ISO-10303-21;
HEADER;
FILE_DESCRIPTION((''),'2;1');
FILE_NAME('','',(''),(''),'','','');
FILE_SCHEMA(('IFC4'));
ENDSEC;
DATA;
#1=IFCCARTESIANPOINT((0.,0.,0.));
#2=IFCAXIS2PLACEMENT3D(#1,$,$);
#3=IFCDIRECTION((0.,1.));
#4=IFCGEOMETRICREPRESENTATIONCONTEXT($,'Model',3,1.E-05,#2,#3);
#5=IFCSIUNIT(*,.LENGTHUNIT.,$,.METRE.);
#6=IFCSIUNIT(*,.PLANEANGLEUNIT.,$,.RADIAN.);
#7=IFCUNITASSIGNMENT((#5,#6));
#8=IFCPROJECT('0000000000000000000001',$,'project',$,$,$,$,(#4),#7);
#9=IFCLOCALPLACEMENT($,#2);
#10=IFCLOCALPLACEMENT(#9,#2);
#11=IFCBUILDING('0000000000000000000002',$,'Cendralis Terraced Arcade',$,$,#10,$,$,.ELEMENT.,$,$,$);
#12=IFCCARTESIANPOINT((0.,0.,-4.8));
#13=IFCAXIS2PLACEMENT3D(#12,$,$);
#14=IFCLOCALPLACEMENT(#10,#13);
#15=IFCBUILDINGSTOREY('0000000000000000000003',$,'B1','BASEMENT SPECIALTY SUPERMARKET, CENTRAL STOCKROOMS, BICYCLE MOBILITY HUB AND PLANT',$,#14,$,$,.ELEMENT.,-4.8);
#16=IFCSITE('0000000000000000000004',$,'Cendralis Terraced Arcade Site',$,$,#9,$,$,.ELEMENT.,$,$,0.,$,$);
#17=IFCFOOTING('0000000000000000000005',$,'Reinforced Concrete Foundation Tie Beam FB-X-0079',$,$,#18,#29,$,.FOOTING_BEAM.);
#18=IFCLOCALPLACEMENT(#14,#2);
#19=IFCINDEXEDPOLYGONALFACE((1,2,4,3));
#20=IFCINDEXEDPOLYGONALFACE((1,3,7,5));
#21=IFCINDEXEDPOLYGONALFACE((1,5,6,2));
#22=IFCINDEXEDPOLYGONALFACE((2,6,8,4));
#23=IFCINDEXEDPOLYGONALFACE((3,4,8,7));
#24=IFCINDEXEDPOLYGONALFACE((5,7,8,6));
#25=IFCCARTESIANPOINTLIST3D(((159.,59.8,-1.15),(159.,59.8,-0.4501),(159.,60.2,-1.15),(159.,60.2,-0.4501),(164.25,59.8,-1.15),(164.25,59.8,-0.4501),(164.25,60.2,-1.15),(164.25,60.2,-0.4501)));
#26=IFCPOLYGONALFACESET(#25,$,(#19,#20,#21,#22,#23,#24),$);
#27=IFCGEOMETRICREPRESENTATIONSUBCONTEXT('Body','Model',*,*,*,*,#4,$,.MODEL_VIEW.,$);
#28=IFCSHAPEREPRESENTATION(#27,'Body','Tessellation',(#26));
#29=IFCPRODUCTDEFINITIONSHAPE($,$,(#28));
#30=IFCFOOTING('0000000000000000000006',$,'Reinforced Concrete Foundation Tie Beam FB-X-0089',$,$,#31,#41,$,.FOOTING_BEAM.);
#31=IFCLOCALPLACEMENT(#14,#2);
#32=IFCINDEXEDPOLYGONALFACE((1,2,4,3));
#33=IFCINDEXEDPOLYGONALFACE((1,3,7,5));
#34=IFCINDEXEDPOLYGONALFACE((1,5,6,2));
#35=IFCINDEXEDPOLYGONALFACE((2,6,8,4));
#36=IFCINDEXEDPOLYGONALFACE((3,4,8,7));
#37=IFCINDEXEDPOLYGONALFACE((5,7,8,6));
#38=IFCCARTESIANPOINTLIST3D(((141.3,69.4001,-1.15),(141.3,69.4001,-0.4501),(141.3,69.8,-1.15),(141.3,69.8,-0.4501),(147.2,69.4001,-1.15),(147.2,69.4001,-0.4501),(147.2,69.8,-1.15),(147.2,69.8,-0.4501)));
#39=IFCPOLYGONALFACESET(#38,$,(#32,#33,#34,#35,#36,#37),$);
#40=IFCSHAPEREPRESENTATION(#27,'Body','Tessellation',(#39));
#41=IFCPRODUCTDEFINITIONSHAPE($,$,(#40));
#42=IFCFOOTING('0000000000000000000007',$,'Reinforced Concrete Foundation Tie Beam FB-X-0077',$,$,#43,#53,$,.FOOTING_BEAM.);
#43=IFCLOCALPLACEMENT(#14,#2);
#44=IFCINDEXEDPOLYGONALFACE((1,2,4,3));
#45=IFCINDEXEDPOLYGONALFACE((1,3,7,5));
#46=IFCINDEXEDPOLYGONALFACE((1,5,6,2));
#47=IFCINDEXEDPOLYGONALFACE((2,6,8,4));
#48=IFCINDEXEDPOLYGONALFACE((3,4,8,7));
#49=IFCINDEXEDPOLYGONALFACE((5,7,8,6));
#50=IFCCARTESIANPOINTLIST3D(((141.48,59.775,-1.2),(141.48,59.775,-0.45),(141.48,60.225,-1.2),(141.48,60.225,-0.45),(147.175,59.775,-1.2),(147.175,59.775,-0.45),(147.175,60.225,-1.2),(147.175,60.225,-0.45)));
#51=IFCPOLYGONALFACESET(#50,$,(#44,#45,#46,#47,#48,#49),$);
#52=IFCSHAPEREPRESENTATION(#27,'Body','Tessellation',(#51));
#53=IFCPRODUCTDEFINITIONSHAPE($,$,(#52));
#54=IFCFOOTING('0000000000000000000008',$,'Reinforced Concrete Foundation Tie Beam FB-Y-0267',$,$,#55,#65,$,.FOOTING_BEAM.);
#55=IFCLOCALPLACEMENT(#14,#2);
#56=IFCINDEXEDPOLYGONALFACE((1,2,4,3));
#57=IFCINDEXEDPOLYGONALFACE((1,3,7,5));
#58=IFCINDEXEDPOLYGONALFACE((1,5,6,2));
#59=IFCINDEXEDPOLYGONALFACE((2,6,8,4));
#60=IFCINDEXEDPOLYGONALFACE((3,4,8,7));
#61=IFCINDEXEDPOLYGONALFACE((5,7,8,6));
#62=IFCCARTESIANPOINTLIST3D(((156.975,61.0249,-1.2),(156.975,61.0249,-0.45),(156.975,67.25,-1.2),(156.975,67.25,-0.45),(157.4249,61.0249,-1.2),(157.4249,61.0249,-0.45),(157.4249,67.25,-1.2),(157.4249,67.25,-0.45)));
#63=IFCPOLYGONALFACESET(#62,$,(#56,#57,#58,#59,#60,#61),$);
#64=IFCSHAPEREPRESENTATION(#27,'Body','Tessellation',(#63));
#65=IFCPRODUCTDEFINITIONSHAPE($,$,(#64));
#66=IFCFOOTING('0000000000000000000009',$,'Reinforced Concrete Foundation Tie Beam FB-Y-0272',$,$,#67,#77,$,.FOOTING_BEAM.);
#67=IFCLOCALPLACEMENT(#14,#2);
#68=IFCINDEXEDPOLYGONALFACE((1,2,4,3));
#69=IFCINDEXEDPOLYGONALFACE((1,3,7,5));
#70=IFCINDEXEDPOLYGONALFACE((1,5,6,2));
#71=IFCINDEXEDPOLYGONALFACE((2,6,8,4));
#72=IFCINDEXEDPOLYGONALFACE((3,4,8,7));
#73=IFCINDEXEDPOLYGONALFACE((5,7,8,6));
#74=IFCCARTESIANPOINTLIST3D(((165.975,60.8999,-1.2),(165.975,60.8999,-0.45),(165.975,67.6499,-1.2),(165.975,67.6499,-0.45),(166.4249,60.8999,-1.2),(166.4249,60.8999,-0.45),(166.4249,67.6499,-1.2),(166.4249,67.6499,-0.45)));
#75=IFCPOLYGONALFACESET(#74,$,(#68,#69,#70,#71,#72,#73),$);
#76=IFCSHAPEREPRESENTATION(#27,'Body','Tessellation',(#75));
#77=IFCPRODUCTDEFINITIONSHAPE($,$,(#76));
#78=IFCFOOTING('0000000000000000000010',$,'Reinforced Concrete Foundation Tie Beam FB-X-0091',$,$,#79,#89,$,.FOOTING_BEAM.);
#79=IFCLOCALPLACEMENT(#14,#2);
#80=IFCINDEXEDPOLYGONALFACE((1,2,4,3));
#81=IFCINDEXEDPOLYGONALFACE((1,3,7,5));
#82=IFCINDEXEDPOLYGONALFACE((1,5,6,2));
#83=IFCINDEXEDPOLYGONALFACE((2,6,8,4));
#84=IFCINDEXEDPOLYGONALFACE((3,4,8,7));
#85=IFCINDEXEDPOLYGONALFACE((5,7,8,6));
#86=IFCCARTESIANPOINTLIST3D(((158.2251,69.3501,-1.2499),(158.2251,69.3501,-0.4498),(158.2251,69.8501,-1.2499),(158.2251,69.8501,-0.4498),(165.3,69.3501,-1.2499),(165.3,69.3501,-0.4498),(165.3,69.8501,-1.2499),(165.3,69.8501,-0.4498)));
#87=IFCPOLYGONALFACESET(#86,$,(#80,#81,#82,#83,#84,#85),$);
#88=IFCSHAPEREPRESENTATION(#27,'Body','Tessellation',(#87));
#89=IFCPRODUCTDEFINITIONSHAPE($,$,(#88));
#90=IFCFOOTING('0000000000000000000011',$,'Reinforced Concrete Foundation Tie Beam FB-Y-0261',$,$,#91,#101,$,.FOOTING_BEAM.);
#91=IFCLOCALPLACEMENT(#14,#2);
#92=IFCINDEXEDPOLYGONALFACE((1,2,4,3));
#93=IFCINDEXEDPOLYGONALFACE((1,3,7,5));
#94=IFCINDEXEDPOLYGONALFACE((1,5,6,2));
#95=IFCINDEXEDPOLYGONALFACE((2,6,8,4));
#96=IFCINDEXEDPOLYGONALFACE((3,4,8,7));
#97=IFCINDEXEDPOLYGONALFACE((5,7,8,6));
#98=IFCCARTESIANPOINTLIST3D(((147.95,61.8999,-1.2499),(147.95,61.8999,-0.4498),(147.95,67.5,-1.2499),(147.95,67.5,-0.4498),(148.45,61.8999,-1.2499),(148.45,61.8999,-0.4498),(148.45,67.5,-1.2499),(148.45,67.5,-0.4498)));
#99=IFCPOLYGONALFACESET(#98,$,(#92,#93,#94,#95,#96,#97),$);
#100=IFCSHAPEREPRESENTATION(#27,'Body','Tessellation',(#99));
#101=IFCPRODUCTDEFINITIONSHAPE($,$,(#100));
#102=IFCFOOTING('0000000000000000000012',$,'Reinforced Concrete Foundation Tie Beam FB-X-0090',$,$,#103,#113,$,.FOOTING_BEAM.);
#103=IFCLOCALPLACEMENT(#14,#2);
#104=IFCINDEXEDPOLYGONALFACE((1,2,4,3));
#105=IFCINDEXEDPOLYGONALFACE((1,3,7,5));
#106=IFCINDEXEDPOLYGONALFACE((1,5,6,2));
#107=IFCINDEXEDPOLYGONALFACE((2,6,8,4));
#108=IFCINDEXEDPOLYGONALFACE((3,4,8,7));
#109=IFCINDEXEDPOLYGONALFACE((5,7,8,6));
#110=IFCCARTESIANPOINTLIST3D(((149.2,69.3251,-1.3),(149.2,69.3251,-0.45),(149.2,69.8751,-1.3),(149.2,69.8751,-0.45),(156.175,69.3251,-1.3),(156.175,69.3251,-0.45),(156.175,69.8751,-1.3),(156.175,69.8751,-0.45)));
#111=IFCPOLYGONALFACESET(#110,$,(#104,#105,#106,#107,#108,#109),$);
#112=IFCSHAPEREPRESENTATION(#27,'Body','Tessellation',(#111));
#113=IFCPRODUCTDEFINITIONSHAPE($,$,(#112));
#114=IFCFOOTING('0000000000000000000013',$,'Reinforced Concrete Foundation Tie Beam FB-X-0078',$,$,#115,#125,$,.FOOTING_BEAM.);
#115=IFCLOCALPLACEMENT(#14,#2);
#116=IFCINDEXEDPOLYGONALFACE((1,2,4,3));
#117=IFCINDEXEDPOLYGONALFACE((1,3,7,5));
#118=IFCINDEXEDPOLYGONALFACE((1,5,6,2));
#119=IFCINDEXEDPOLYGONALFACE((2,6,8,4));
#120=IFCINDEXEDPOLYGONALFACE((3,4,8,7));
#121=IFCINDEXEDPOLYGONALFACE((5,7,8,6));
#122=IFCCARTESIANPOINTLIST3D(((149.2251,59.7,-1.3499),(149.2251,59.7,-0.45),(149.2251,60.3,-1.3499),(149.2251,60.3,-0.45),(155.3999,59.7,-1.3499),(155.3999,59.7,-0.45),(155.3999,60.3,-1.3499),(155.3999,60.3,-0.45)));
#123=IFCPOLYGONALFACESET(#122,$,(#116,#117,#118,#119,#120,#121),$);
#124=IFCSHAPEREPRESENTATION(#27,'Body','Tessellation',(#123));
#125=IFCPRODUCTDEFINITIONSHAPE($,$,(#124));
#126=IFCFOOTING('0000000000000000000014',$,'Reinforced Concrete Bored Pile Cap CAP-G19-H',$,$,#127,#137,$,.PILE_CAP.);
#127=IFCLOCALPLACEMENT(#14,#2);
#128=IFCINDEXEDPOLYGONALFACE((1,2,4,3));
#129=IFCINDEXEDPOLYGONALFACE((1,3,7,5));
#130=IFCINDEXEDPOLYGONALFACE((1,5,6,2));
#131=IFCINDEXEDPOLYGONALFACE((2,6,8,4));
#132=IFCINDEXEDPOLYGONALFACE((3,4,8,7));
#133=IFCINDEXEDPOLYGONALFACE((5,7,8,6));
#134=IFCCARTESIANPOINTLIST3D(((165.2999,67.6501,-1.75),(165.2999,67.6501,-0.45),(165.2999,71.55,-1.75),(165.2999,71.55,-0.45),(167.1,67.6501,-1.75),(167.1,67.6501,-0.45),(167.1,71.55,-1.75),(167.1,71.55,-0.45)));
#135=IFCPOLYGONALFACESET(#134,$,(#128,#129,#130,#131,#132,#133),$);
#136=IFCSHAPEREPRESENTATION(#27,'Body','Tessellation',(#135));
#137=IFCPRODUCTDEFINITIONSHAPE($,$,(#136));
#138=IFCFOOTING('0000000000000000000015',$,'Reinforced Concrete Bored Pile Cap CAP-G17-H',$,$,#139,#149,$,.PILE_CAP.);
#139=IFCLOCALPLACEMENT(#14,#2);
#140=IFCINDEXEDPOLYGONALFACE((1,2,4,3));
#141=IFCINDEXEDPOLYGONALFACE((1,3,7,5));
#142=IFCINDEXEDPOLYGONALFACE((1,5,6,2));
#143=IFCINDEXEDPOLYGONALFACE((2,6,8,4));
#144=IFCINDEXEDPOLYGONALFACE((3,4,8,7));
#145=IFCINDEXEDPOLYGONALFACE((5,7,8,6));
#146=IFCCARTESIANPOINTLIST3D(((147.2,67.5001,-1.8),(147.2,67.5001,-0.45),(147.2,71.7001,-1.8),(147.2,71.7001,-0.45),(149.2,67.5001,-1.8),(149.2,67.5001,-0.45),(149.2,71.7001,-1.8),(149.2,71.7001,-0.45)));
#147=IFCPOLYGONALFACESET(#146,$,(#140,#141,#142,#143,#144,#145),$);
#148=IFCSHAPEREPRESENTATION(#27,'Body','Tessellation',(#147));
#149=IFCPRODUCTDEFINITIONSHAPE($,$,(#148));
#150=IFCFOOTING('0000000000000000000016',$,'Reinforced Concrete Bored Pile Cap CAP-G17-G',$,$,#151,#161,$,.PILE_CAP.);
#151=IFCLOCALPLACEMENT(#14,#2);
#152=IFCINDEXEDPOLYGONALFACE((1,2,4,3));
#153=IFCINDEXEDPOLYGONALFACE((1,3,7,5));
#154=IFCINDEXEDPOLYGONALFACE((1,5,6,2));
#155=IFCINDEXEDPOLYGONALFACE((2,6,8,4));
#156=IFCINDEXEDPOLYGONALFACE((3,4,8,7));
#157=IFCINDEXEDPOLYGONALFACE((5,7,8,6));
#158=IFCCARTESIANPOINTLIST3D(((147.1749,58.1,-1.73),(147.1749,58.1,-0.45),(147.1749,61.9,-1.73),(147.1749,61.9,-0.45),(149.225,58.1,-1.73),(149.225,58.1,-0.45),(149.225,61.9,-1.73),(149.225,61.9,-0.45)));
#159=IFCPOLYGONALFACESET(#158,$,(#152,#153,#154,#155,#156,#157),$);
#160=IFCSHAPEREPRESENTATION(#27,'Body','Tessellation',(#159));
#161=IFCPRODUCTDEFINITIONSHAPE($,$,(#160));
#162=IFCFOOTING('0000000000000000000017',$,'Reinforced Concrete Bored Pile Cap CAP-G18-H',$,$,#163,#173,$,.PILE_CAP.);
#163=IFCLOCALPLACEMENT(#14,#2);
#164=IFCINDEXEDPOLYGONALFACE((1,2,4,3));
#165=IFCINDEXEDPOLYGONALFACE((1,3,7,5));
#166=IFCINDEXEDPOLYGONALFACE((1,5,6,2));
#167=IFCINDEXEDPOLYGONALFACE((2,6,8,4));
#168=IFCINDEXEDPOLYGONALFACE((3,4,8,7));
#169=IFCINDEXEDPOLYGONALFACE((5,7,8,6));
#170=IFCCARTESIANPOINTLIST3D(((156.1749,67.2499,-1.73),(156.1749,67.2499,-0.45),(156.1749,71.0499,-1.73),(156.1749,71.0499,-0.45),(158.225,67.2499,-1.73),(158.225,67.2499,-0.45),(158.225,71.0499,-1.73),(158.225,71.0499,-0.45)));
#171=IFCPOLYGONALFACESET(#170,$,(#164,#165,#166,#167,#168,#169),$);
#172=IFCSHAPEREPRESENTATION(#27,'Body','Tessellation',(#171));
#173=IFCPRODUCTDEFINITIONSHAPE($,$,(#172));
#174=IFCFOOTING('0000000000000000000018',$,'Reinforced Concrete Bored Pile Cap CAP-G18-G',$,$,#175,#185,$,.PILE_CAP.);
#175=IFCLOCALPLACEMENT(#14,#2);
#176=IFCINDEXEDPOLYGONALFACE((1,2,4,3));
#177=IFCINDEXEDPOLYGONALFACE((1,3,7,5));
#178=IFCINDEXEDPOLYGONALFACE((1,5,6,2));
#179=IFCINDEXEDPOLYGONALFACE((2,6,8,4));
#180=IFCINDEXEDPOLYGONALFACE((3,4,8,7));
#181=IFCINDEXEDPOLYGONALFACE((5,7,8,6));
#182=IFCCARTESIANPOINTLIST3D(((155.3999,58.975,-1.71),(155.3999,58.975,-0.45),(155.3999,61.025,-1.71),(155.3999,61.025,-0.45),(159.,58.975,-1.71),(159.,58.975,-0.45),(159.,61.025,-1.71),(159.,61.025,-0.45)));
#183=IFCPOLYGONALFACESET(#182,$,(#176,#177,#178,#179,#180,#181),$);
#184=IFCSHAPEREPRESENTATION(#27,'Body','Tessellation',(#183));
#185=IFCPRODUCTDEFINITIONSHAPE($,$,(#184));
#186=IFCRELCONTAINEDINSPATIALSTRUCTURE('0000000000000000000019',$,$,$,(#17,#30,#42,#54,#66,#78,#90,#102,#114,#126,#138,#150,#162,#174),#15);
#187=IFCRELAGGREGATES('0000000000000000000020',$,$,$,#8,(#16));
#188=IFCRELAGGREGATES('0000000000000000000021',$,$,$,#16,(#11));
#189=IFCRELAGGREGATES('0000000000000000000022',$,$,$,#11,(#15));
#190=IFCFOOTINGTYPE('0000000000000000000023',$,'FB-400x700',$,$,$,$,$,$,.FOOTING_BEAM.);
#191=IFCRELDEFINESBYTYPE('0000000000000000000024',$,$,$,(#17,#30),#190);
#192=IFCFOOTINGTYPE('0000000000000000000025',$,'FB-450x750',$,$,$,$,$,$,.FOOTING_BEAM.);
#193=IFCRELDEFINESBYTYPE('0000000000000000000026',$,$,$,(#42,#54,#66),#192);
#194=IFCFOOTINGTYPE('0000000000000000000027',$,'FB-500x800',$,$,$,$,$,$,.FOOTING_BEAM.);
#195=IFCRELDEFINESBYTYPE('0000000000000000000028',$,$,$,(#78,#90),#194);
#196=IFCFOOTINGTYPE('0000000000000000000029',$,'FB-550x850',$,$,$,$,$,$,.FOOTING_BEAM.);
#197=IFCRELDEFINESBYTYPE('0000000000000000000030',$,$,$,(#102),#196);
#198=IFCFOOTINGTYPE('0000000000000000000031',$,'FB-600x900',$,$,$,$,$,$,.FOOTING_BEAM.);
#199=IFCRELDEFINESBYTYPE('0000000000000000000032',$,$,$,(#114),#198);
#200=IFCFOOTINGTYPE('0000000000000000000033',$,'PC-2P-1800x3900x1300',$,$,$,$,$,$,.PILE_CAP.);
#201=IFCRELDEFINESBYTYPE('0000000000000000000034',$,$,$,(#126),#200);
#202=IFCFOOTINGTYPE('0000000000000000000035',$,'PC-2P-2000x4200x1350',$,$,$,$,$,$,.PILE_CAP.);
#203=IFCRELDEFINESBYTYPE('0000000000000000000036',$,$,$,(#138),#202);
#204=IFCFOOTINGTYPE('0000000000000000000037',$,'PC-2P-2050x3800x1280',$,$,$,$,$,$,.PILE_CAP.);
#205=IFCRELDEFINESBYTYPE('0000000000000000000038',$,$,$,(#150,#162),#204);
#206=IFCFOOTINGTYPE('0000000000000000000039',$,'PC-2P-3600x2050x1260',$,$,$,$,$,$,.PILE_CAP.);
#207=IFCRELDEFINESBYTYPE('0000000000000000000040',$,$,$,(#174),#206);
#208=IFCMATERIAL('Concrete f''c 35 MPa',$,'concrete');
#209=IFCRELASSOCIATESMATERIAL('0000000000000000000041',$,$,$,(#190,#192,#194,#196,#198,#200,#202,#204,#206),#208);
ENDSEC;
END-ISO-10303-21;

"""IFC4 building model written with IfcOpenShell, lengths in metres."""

from ifc_helpers import new_model, si_unit, direction, frame, origin, origin_2d, place, context, subcontext, project, spatial, rectangle, extrude, material, material_profile, profile_set, type_object, element, save


model = new_model("IFC4")

# Units and contexts
model_context = context("Model", 3, precision=1e-05, world=origin(), true_north=direction((0.0, 1.0)))
body_context = subcontext(model_context, "Body", "Model", "MODEL_VIEW")
ifc_project = project(units=[si_unit("LENGTHUNIT", "METRE"), si_unit("PLANEANGLEUNIT", "RADIAN")], contexts=[model_context])

# Site, building, storey
site_placement = place(None, origin())
site = spatial("IfcSite", under=ifc_project, at=site_placement, Name="Cendralis Terraced Arcade Site", CompositionType="ELEMENT", RefElevation=0.0)
building_placement = place(site_placement, origin())
building = spatial("IfcBuilding", under=site, at=building_placement, Name="Cendralis Terraced Arcade", CompositionType="ELEMENT")
storey_placement = place(building_placement, frame((0.0, 0.0, -4.8)))
storey = spatial("IfcBuildingStorey", under=building, at=storey_placement, Name="B1", Description="BASEMENT SPECIALTY SUPERMARKET, CENTRAL STOCKROOMS, BICYCLE MOBILITY HUB AND PLANT", CompositionType="ELEMENT", Elevation=-4.8)

# Footings
ifc_material_1 = material(Name="Concrete f'c 35 MPa", Category="concrete")
ifc_material_profile_1 = material_profile(ifc_material_1, rectangle(XDim=0.3999, YDim=0.7, at=origin_2d()), Name="FB-400x700", Category="LoadBearing")
ifc_profile_set_1 = profile_set([ifc_material_profile_1], Name="Concrete f'c 35 MPa")
footing_type_1 = type_object("IfcFootingType", Name="FB-400x700", PredefinedType="FOOTING_BEAM", material=ifc_profile_set_1)
footing_1_placement = place(storey_placement, frame((159.0, 60.0, -0.8), z_axis=(1.0, 0.0, 0.0), x_axis=(0.0, 1.0, 0.0)))
element("IfcFooting", 1, at=footing_1_placement, inside=storey, type_object=footing_type_1, Name="Reinforced Concrete Foundation Tie Beam FB-X-0079", PredefinedType="FOOTING_BEAM", context=body_context, shape_type="SweptSolid", body=[
    extrude(rectangle(XDim=0.3999, YDim=0.7, at=origin_2d()), origin(), (0.0, 0.0, 1.0), 5.25),
])
footing_2_placement = place(storey_placement, frame((141.3, 69.6001, -0.8), z_axis=(1.0, 0.0, 0.0), x_axis=(0.0, 1.0, 0.0)))
element("IfcFooting", 2, at=footing_2_placement, inside=storey, type_object=footing_type_1, Name="Reinforced Concrete Foundation Tie Beam FB-X-0089", PredefinedType="FOOTING_BEAM", context=body_context, shape_type="SweptSolid", body=[
    extrude(rectangle(XDim=0.3999, YDim=0.7, at=origin_2d()), origin(), (0.0, 0.0, 1.0), 5.8999),
])
ifc_material_profile_2 = material_profile(ifc_material_1, rectangle(XDim=0.45, YDim=0.75, at=origin_2d()), Name="FB-450x750", Category="LoadBearing")
ifc_profile_set_2 = profile_set([ifc_material_profile_2], Name="Concrete f'c 35 MPa")
footing_type_2 = type_object("IfcFootingType", Name="FB-450x750", PredefinedType="FOOTING_BEAM", material=ifc_profile_set_2)
footing_3_placement = place(storey_placement, frame((141.48, 60.0, -0.825), z_axis=(1.0, 0.0, 0.0), x_axis=(0.0, 1.0, 0.0)))
element("IfcFooting", 3, at=footing_3_placement, inside=storey, type_object=footing_type_2, Name="Reinforced Concrete Foundation Tie Beam FB-X-0077", PredefinedType="FOOTING_BEAM", context=body_context, shape_type="SweptSolid", body=[
    extrude(rectangle(XDim=0.45, YDim=0.75, at=origin_2d()), origin(), (0.0, 0.0, 1.0), 5.6951),
])
footing_4_placement = place(storey_placement, frame((157.2, 61.0249, -0.825), z_axis=(0.0, 1.0, 0.0), x_axis=(-1.0, 0.0, 0.0)))
element("IfcFooting", 4, at=footing_4_placement, inside=storey, type_object=footing_type_2, Name="Reinforced Concrete Foundation Tie Beam FB-Y-0267", PredefinedType="FOOTING_BEAM", context=body_context, shape_type="SweptSolid", body=[
    extrude(rectangle(XDim=0.45, YDim=0.75, at=origin_2d()), origin(), (0.0, 0.0, 1.0), 6.2251),
])
footing_5_placement = place(storey_placement, frame((166.2, 60.8999, -0.825), z_axis=(0.0, 1.0, 0.0), x_axis=(-1.0, 0.0, 0.0)))
element("IfcFooting", 5, at=footing_5_placement, inside=storey, type_object=footing_type_2, Name="Reinforced Concrete Foundation Tie Beam FB-Y-0272", PredefinedType="FOOTING_BEAM", context=body_context, shape_type="SweptSolid", body=[
    extrude(rectangle(XDim=0.45, YDim=0.75, at=origin_2d()), origin(), (0.0, 0.0, 1.0), 6.75),
])
ifc_material_profile_3 = material_profile(ifc_material_1, rectangle(XDim=0.5, YDim=0.8, at=origin_2d()), Name="FB-500x800", Category="LoadBearing")
ifc_profile_set_3 = profile_set([ifc_material_profile_3], Name="Concrete f'c 35 MPa")
footing_type_3 = type_object("IfcFootingType", Name="FB-500x800", PredefinedType="FOOTING_BEAM", material=ifc_profile_set_3)
footing_6_placement = place(storey_placement, frame((158.2251, 69.6001, -0.8499), z_axis=(1.0, 0.0, 0.0), x_axis=(0.0, 1.0, 0.0)))
element("IfcFooting", 6, at=footing_6_placement, inside=storey, type_object=footing_type_3, Name="Reinforced Concrete Foundation Tie Beam FB-X-0091", PredefinedType="FOOTING_BEAM", context=body_context, shape_type="SweptSolid", body=[
    extrude(rectangle(XDim=0.5, YDim=0.8, at=origin_2d()), origin(), (0.0, 0.0, 1.0), 7.075),
])
footing_7_placement = place(storey_placement, frame((148.2, 61.8999, -0.8499), z_axis=(0.0, 1.0, 0.0), x_axis=(-1.0, 0.0, 0.0)))
element("IfcFooting", 7, at=footing_7_placement, inside=storey, type_object=footing_type_3, Name="Reinforced Concrete Foundation Tie Beam FB-Y-0261", PredefinedType="FOOTING_BEAM", context=body_context, shape_type="SweptSolid", body=[
    extrude(rectangle(XDim=0.5, YDim=0.8, at=origin_2d()), origin(), (0.0, 0.0, 1.0), 5.6001),
])
ifc_material_profile_4 = material_profile(ifc_material_1, rectangle(XDim=0.55, YDim=0.8501, at=origin_2d()), Name="FB-550x850", Category="LoadBearing")
ifc_profile_set_4 = profile_set([ifc_material_profile_4], Name="Concrete f'c 35 MPa")
footing_type_4 = type_object("IfcFootingType", Name="FB-550x850", PredefinedType="FOOTING_BEAM", material=ifc_profile_set_4)
footing_8_placement = place(storey_placement, frame((149.2, 69.6001, -0.875), z_axis=(1.0, 0.0, 0.0), x_axis=(0.0, 1.0, 0.0)))
element("IfcFooting", 8, at=footing_8_placement, inside=storey, type_object=footing_type_4, Name="Reinforced Concrete Foundation Tie Beam FB-X-0090", PredefinedType="FOOTING_BEAM", context=body_context, shape_type="SweptSolid", body=[
    extrude(rectangle(XDim=0.55, YDim=0.8501, at=origin_2d()), origin(), (0.0, 0.0, 1.0), 6.9751),
])
ifc_material_profile_5 = material_profile(ifc_material_1, rectangle(XDim=0.6001, YDim=0.8999, at=origin_2d()), Name="FB-600x900", Category="LoadBearing")
ifc_profile_set_5 = profile_set([ifc_material_profile_5], Name="Concrete f'c 35 MPa")
footing_type_5 = type_object("IfcFootingType", Name="FB-600x900", PredefinedType="FOOTING_BEAM", material=ifc_profile_set_5)
footing_9_placement = place(storey_placement, frame((149.2251, 60.0, -0.8999), z_axis=(1.0, 0.0, 0.0), x_axis=(0.0, 1.0, 0.0)))
element("IfcFooting", 9, at=footing_9_placement, inside=storey, type_object=footing_type_5, Name="Reinforced Concrete Foundation Tie Beam FB-X-0078", PredefinedType="FOOTING_BEAM", context=body_context, shape_type="SweptSolid", body=[
    extrude(rectangle(XDim=0.6001, YDim=0.8999, at=origin_2d()), origin(), (0.0, 0.0, 1.0), 6.1748),
])
footing_type_6 = type_object("IfcFootingType", Name="PC-2P-1800x3900x1300", PredefinedType="PILE_CAP", material=ifc_material_1)
footing_10_placement = place(storey_placement, frame((166.2, 69.6001, -1.75), z_axis=(0.0, 0.0, 1.0), x_axis=(1.0, 0.0, 0.0)))
element("IfcFooting", 10, at=footing_10_placement, inside=storey, type_object=footing_type_6, Name="Reinforced Concrete Bored Pile Cap CAP-G19-H", PredefinedType="PILE_CAP", context=body_context, shape_type="SweptSolid", body=[
    extrude(rectangle(XDim=1.8, YDim=3.8999, at=origin_2d()), origin(), (0.0, 0.0, 1.0), 1.3),
])
footing_type_7 = type_object("IfcFootingType", Name="PC-2P-2000x4200x1350", PredefinedType="PILE_CAP", material=ifc_material_1)
footing_11_placement = place(storey_placement, frame((148.2, 69.6001, -1.8), z_axis=(0.0, 0.0, 1.0), x_axis=(1.0, 0.0, 0.0)))
element("IfcFooting", 11, at=footing_11_placement, inside=storey, type_object=footing_type_7, Name="Reinforced Concrete Bored Pile Cap CAP-G17-H", PredefinedType="PILE_CAP", context=body_context, shape_type="SweptSolid", body=[
    extrude(rectangle(XDim=2.0, YDim=4.2, at=origin_2d()), origin(), (0.0, 0.0, 1.0), 1.3501),
])
footing_type_8 = type_object("IfcFootingType", Name="PC-2P-2050x3800x1280", PredefinedType="PILE_CAP", material=ifc_material_1)
for number, where, z_axis, x_axis, name in (
    (12, (148.2, 60.0, -1.73), (0.0, 0.0, 1.0), (1.0, 0.0, 0.0), "Reinforced Concrete Bored Pile Cap CAP-G17-G"),
    (13, (157.2, 69.1499, -1.73), (0.0, 0.0, 1.0), (1.0, 0.0, 0.0), "Reinforced Concrete Bored Pile Cap CAP-G18-H"),
):
    element("IfcFooting", number, at=place(storey_placement, frame(where, z_axis=z_axis, x_axis=x_axis)), inside=storey, type_object=footing_type_8, Name=name, PredefinedType="PILE_CAP", context=body_context, shape_type="SweptSolid", body=[
        extrude(rectangle(XDim=2.05, YDim=3.8, at=origin_2d()), origin(), (0.0, 0.0, 1.0), 1.28),
    ])
footing_type_9 = type_object("IfcFootingType", Name="PC-2P-3600x2050x1260", PredefinedType="PILE_CAP", material=ifc_material_1)
footing_12_placement = place(storey_placement, frame((157.2, 60.0, -1.71), z_axis=(0.0, 0.0, 1.0), x_axis=(1.0, 0.0, 0.0)))
element("IfcFooting", 14, at=footing_12_placement, inside=storey, type_object=footing_type_9, Name="Reinforced Concrete Bored Pile Cap CAP-G18-G", PredefinedType="PILE_CAP", context=body_context, shape_type="SweptSolid", body=[
    extrude(rectangle(XDim=3.6001, YDim=2.05, at=origin_2d()), origin(), (0.0, 0.0, 1.0), 1.26),
])

save(model, "model.ifc")
